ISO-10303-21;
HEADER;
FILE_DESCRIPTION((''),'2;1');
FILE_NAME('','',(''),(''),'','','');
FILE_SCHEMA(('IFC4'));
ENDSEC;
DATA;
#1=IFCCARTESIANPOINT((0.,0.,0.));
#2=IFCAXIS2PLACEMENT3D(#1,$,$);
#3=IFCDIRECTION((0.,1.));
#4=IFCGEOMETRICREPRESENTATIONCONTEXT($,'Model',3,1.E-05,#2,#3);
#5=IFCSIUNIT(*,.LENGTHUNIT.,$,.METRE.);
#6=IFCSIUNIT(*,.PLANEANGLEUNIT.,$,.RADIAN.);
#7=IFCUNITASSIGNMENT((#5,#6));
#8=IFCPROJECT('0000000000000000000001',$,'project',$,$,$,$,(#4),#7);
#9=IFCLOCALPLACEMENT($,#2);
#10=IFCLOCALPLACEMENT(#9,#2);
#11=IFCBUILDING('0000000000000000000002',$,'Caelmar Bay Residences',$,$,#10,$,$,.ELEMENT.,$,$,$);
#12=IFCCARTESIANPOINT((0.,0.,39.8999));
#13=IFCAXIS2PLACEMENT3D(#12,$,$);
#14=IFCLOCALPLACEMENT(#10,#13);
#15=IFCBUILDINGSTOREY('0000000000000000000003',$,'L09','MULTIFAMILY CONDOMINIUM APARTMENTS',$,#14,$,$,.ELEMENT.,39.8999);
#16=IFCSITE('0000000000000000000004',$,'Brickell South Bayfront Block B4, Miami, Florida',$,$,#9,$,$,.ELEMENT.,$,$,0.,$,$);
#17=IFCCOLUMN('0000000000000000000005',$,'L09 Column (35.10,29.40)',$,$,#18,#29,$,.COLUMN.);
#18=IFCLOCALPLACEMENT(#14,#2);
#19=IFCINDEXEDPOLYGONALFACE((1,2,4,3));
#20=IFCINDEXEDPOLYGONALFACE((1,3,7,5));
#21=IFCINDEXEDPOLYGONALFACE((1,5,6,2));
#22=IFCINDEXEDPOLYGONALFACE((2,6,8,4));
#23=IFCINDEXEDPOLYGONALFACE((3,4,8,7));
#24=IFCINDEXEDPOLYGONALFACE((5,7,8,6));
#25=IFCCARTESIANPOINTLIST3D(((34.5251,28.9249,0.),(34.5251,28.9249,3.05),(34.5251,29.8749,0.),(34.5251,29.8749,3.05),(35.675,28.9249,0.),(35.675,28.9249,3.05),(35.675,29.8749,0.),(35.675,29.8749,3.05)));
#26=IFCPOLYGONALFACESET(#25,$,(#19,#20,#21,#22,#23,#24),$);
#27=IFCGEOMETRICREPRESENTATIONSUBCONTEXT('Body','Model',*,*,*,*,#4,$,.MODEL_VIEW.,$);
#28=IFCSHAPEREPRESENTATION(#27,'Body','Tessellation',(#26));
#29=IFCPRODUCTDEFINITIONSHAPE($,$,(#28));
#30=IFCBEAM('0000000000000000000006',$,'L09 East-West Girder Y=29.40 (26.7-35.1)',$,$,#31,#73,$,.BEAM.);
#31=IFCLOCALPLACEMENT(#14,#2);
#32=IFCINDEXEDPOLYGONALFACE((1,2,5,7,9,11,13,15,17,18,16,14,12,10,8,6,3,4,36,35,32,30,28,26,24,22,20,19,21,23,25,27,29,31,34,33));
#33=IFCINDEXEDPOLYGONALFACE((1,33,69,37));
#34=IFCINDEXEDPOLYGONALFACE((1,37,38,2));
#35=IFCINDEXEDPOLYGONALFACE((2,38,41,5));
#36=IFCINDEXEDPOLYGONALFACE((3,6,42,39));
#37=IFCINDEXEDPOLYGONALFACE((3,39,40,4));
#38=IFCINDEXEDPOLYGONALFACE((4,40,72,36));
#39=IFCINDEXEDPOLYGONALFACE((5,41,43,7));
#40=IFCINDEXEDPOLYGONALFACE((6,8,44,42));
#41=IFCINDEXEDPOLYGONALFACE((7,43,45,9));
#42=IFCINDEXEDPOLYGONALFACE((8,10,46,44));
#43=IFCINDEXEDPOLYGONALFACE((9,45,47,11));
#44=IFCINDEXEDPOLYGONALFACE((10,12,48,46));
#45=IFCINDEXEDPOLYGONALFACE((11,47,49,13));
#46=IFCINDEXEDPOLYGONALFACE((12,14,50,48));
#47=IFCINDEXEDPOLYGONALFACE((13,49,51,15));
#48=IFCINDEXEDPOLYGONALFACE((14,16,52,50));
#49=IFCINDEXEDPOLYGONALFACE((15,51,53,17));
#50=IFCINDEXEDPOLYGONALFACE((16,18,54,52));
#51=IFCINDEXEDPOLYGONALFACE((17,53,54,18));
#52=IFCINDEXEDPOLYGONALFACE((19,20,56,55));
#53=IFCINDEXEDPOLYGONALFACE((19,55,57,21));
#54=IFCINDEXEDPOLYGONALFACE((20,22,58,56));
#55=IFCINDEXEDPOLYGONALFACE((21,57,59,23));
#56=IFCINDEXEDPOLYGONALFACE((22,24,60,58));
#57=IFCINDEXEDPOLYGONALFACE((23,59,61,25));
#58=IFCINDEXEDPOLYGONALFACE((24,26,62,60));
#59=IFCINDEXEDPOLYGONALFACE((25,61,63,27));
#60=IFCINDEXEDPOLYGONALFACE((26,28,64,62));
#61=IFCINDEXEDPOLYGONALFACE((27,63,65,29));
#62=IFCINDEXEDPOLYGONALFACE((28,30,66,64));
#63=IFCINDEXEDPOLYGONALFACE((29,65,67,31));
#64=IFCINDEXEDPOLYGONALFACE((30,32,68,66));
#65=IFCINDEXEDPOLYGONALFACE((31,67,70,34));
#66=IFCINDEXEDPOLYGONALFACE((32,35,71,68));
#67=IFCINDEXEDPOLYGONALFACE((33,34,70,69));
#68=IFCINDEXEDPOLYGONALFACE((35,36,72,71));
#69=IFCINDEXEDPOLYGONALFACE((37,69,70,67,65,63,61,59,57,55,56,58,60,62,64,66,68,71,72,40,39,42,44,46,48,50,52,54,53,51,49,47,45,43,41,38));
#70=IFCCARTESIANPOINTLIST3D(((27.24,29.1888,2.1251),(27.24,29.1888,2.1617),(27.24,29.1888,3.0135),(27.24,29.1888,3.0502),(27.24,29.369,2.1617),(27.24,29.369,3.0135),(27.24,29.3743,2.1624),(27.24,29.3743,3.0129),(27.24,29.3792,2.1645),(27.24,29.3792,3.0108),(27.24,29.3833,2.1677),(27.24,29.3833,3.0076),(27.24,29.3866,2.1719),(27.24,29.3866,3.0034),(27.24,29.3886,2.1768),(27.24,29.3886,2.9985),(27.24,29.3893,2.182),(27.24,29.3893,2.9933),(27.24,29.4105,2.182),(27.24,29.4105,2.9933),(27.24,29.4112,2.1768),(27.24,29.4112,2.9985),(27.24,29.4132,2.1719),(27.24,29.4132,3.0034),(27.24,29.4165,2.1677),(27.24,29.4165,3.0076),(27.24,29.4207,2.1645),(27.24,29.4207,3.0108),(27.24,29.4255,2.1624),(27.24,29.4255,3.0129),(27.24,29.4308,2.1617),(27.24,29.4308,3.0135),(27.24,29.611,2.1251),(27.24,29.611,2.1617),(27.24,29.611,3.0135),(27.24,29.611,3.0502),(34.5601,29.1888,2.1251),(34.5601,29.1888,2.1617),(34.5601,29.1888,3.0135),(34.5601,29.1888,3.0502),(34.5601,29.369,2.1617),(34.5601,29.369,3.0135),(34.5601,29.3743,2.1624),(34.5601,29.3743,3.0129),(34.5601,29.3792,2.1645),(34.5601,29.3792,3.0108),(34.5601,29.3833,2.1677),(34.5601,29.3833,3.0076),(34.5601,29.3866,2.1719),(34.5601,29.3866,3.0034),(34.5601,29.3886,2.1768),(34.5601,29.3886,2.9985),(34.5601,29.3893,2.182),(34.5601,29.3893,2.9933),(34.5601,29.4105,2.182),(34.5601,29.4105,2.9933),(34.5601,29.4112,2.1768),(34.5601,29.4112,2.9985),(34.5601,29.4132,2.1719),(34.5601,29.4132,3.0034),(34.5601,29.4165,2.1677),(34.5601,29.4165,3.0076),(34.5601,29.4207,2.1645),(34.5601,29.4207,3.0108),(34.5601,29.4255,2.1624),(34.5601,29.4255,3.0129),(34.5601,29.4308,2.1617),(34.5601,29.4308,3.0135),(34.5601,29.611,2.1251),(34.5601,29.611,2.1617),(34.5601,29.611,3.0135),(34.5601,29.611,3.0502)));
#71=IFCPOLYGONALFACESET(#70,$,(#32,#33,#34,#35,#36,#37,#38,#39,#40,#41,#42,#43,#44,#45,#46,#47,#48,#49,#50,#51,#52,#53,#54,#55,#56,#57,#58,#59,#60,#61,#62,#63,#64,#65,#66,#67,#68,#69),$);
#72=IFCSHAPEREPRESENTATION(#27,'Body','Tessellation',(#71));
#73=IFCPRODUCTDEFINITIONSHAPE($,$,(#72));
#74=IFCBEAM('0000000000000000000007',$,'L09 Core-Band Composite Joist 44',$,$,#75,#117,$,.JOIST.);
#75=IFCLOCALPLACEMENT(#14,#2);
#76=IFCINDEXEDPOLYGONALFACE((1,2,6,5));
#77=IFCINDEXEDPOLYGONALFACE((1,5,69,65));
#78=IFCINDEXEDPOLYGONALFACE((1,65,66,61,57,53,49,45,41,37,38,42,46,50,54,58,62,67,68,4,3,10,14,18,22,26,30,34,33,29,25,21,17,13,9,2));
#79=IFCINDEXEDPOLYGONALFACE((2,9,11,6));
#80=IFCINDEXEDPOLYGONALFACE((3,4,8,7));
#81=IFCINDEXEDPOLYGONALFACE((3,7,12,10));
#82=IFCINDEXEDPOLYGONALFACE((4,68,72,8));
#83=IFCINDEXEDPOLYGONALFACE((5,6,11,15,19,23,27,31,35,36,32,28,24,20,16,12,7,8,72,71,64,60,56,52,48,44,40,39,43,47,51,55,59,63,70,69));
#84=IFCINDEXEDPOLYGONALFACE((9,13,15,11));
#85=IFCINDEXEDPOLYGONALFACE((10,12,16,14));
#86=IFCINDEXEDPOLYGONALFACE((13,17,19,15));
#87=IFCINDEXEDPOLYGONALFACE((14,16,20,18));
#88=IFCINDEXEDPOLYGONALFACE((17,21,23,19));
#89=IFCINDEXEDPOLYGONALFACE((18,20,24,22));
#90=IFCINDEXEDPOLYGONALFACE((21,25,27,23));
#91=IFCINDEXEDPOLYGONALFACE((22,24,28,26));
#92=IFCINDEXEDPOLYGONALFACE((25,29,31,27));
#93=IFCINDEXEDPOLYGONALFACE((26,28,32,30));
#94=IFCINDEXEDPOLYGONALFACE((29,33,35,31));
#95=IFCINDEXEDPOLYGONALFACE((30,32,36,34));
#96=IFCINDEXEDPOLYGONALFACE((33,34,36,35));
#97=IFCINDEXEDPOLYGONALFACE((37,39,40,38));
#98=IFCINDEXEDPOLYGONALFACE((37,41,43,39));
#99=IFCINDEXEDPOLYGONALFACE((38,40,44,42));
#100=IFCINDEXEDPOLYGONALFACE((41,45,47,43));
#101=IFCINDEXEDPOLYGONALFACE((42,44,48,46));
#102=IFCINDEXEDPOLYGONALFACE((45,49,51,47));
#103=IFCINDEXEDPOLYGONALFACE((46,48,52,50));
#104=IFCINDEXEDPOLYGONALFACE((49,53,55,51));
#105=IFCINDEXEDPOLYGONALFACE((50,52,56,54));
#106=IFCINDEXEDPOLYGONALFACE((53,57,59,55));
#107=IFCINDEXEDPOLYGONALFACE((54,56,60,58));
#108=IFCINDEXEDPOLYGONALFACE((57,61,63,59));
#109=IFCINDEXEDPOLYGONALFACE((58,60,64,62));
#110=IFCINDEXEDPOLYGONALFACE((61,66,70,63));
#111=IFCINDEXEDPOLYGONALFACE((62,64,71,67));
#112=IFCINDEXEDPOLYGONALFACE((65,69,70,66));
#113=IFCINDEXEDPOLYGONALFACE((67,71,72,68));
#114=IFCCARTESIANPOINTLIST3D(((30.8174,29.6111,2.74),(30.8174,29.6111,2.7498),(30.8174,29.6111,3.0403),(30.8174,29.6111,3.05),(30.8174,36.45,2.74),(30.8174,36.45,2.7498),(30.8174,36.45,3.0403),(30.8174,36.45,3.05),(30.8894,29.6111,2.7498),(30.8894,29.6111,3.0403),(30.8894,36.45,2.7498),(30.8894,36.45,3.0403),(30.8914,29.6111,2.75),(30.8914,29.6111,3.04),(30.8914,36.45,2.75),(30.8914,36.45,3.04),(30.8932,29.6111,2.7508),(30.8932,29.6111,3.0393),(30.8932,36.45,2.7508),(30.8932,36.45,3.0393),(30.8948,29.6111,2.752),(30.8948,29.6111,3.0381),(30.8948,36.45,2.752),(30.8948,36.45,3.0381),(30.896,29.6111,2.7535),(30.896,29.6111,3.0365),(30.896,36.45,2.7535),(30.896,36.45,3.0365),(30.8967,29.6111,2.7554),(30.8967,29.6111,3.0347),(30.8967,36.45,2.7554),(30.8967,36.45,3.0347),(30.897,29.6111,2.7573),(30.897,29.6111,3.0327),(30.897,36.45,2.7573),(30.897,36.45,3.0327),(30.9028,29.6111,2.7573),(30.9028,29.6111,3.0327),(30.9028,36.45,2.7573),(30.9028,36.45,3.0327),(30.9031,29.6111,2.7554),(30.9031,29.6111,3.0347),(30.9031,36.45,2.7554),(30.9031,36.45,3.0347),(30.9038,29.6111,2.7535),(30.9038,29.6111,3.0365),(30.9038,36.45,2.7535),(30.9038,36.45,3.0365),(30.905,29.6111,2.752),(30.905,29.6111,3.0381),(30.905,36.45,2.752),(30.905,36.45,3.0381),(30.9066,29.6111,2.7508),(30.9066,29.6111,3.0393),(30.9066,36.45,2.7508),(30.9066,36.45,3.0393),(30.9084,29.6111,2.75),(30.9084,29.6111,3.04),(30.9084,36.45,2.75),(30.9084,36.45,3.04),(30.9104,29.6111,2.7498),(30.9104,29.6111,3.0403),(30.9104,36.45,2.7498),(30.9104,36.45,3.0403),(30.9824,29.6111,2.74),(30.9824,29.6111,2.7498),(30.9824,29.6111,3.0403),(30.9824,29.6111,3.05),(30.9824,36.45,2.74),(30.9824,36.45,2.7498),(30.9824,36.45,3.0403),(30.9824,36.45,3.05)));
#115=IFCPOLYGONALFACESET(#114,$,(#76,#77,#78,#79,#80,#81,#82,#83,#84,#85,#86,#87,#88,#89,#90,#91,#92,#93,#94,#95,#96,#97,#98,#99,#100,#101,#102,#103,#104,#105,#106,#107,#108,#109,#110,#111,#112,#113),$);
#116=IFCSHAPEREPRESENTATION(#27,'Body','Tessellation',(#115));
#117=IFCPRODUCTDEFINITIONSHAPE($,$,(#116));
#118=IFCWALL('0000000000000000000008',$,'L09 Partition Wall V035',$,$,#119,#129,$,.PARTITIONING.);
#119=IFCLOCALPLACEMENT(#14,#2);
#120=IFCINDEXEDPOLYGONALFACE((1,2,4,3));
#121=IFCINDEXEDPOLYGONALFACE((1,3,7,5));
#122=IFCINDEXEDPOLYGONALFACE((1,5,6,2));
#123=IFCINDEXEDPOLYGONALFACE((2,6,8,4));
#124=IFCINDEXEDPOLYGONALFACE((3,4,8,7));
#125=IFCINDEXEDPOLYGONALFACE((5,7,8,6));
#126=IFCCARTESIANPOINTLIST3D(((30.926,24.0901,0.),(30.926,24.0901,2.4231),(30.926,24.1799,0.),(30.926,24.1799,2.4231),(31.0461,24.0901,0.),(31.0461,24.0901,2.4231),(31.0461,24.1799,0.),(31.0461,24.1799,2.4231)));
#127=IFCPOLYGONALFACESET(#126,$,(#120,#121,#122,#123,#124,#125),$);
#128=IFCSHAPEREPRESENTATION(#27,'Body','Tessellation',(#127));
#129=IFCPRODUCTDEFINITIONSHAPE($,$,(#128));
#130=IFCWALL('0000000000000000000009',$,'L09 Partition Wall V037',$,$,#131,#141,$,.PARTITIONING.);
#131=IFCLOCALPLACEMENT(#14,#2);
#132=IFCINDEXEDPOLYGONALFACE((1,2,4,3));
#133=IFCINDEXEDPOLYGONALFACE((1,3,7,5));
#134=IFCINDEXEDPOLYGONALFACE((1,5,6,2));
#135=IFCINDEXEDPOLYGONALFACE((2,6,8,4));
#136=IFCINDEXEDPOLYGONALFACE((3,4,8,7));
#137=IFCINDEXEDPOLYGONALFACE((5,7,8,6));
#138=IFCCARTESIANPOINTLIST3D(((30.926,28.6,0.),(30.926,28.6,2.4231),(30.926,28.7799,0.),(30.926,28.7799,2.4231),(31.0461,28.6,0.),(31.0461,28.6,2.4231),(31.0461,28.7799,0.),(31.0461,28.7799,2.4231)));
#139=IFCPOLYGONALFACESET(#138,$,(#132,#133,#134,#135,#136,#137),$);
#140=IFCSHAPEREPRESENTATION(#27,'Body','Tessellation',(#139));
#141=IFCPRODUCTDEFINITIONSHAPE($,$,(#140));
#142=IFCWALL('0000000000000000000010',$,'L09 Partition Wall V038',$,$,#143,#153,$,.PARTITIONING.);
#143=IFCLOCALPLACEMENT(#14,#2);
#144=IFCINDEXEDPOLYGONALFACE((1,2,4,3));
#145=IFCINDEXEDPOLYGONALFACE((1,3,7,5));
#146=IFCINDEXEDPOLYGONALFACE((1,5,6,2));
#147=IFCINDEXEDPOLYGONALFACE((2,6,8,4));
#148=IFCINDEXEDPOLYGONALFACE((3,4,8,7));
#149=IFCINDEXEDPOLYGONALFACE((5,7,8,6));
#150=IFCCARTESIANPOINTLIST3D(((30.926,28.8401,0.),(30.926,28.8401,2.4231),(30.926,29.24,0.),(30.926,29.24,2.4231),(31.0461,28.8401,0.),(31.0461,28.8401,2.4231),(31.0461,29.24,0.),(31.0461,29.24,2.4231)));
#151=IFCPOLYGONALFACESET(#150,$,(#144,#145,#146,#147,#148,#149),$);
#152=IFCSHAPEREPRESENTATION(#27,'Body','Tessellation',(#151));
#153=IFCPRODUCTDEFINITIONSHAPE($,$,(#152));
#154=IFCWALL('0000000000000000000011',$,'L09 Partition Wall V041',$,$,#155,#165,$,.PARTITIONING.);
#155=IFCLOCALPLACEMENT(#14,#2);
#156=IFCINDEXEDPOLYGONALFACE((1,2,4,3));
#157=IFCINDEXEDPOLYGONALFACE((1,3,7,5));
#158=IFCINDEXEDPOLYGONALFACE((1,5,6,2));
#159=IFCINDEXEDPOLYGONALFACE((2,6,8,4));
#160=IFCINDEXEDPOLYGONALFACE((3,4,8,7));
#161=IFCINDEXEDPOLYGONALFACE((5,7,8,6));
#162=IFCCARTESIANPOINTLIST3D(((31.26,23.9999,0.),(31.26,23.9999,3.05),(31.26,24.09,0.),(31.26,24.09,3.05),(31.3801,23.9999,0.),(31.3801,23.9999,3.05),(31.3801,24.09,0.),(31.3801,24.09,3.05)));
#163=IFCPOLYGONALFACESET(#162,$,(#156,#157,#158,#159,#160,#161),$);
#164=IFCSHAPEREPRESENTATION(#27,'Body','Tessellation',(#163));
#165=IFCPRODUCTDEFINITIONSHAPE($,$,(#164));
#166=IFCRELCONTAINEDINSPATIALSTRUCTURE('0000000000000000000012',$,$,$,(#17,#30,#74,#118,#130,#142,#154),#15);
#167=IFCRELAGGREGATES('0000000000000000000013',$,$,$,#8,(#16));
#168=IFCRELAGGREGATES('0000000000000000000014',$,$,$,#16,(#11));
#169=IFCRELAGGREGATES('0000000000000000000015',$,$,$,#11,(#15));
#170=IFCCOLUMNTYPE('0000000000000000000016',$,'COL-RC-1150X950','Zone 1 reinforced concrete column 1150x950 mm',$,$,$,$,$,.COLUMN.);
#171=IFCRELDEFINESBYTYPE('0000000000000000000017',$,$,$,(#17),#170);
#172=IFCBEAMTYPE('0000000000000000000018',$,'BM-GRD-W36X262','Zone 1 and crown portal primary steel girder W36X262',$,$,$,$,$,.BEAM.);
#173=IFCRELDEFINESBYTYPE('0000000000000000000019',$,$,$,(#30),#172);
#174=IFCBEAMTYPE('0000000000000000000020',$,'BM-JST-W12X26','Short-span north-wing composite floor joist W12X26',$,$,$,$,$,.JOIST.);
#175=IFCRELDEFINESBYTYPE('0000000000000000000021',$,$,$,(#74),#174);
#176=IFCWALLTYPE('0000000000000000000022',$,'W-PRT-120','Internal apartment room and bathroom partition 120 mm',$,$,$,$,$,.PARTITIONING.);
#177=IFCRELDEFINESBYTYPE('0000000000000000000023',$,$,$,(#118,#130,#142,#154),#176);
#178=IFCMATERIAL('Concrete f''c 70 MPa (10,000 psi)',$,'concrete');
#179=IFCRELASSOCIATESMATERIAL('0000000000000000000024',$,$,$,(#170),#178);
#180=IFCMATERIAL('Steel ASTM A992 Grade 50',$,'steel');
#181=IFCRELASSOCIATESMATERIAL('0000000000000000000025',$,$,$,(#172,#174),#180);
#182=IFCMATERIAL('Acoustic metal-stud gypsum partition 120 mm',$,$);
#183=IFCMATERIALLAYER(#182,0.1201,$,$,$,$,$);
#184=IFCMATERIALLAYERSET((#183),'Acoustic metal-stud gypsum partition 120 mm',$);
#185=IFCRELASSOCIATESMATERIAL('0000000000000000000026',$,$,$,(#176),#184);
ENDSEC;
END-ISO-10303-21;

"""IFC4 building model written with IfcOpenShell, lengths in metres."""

from ifc_helpers import new_model, si_unit, direction, frame, frame_2d, origin, origin_2d, place, context, subcontext, project, spatial, rectangle, i_section, extrude, material, layer, layer_set, material_profile, profile_set, type_object, element, save


model = new_model("IFC4")

# Units and contexts
model_context = context("Model", 3, precision=1e-05, world=origin(), true_north=direction((0.0, 1.0)))
body_context = subcontext(model_context, "Body", "Model", "MODEL_VIEW")
ifc_project = project(units=[si_unit("LENGTHUNIT", "METRE"), si_unit("PLANEANGLEUNIT", "RADIAN")], contexts=[model_context])

# Site, building, storey
site_placement = place(None, origin())
site = spatial("IfcSite", under=ifc_project, at=site_placement, Name="Brickell South Bayfront Block B4, Miami, Florida", CompositionType="ELEMENT", RefElevation=0.0)
building_placement = place(site_placement, origin())
building = spatial("IfcBuilding", under=site, at=building_placement, Name="Caelmar Bay Residences", CompositionType="ELEMENT")
storey_placement = place(building_placement, frame((0.0, 0.0, 39.8999)))
storey = spatial("IfcBuildingStorey", under=building, at=storey_placement, Name="L09", Description="MULTIFAMILY CONDOMINIUM APARTMENTS", CompositionType="ELEMENT", Elevation=39.8999)

# Column
ifc_material_1 = material(Name="Concrete f'c 70 MPa (10,000 psi)", Category="concrete")
ifc_material_profile_1 = material_profile(ifc_material_1, rectangle(XDim=1.1499, YDim=0.95, at=origin_2d()), Name="RC-COL-1150X950")
ifc_profile_set_1 = profile_set([ifc_material_profile_1], Name="Concrete f'c 70 MPa (10,000 psi)")
column_type = type_object("IfcColumnType", Name="COL-RC-1150X950", Description="Zone 1 reinforced concrete column 1150x950 mm", PredefinedType="COLUMN", material=ifc_profile_set_1)
column_placement = place(storey_placement, frame((35.1001, 29.3999, 0.0), z_axis=(0.0, 0.0, 1.0), x_axis=(1.0, 0.0, 0.0)))
element("IfcColumn", 1, at=column_placement, inside=storey, type_object=column_type, Name="L09 Column (35.10,29.40)", PredefinedType="COLUMN", context=body_context, shape_type="SweptSolid", body=[
    extrude(rectangle(XDim=1.1499, YDim=0.95, at=origin_2d()), origin(), (0.0, 0.0, 1.0), 3.05),
])

# Beams
ifc_material_2 = material(Name="Steel ASTM A992 Grade 50", Category="steel")
ifc_material_profile_2 = material_profile(ifc_material_2, i_section(OverallWidth=0.4221, OverallDepth=0.925, WebThickness=0.0212, FlangeThickness=0.0366, FilletRadius=0.0203, at=origin_2d()), Name="W36X262")
ifc_profile_set_2 = profile_set([ifc_material_profile_2], Name="Steel ASTM A992 Grade 50")
beam_type_1 = type_object("IfcBeamType", Name="BM-GRD-W36X262", Description="Zone 1 and crown portal primary steel girder W36X262", PredefinedType="BEAM", material=ifc_profile_set_2)
beam_1_placement = place(storey_placement, frame((27.24, 29.3999, 2.5876), z_axis=(1.0, 0.0, 0.0), x_axis=(0.0, 1.0, 0.0)))
element("IfcBeam", 2, at=beam_1_placement, inside=storey, type_object=beam_type_1, Name="L09 East-West Girder Y=29.40 (26.7-35.1)", PredefinedType="BEAM", context=body_context, shape_type="SweptSolid", body=[
    extrude(i_section(OverallWidth=0.4221, OverallDepth=0.925, WebThickness=0.0212, FlangeThickness=0.0366, FilletRadius=0.0203, at=origin_2d()), origin(), (0.0, 0.0, 1.0), 7.3201),
])
ifc_material_profile_3 = material_profile(ifc_material_2, i_section(OverallWidth=0.165, OverallDepth=0.3101, WebThickness=0.0059, FlangeThickness=0.0098, FilletRadius=0.0076, at=origin_2d()), Name="W12X26")
ifc_profile_set_3 = profile_set([ifc_material_profile_3], Name="Steel ASTM A992 Grade 50")
beam_type_2 = type_object("IfcBeamType", Name="BM-JST-W12X26", Description="Short-span north-wing composite floor joist W12X26", PredefinedType="JOIST", material=ifc_profile_set_3)
beam_2_placement = place(storey_placement, frame((30.8999, 29.6111, 2.895), z_axis=(0.0, 1.0, 0.0), x_axis=(-1.0, 0.0, 0.0)))
element("IfcBeam", 3, at=beam_2_placement, inside=storey, type_object=beam_type_2, Name="L09 Core-Band Composite Joist 44", PredefinedType="JOIST", context=body_context, shape_type="SweptSolid", body=[
    extrude(i_section(OverallWidth=0.165, OverallDepth=0.3101, WebThickness=0.0059, FlangeThickness=0.0098, FilletRadius=0.0076, at=origin_2d()), origin(), (0.0, 0.0, 1.0), 6.8389),
])

# Wall
ifc_material_3 = material(Name="Acoustic metal-stud gypsum partition 120 mm")
ifc_layer_1 = layer(ifc_material_3, 0.1201)
ifc_layer_set_1 = layer_set([ifc_layer_1], Name="Acoustic metal-stud gypsum partition 120 mm")
wall_type_1 = type_object("IfcWallType", Name="W-PRT-120", Description="Internal apartment room and bathroom partition 120 mm", PredefinedType="PARTITIONING", material=ifc_layer_set_1)
wall_1_placement = place(storey_placement, frame((30.9861, 24.0901, 0.0), z_axis=(0.0, 0.0, 1.0), x_axis=(0.0, 1.0, 0.0)))
element("IfcWall", 4, at=wall_1_placement, inside=storey, type_object=wall_type_1, Name="L09 Partition Wall V035", PredefinedType="PARTITIONING", context=body_context, shape_type="SweptSolid", body=[
    extrude(rectangle(XDim=0.0898, YDim=0.1201, at=frame_2d((0.0449, 0.0))), origin(), (0.0, 0.0, 1.0), 2.4231),
])

# Walls
wall_2_placement = place(storey_placement, frame((30.9861, 28.6001, 0.0), z_axis=(0.0, 0.0, 1.0), x_axis=(0.0, 1.0, 0.0)))
element("IfcWall", 5, at=wall_2_placement, inside=storey, type_object=wall_type_1, Name="L09 Partition Wall V037", PredefinedType="PARTITIONING", context=body_context, shape_type="SweptSolid", body=[
    extrude(rectangle(XDim=0.1799, YDim=0.1201, at=frame_2d((0.0898, 0.0))), origin(), (0.0, 0.0, 1.0), 2.4231),
])
wall_3_placement = place(storey_placement, frame((30.9861, 28.8401, 0.0), z_axis=(0.0, 0.0, 1.0), x_axis=(0.0, 1.0, 0.0)))
element("IfcWall", 6, at=wall_3_placement, inside=storey, type_object=wall_type_1, Name="L09 Partition Wall V038", PredefinedType="PARTITIONING", context=body_context, shape_type="SweptSolid", body=[
    extrude(rectangle(XDim=0.3999, YDim=0.1201, at=frame_2d((0.2, 0.0))), origin(), (0.0, 0.0, 1.0), 2.4231),
])
wall_4_placement = place(storey_placement, frame((31.3201, 24.0, 0.0), z_axis=(0.0, 0.0, 1.0), x_axis=(0.0, 1.0, 0.0)))
element("IfcWall", 7, at=wall_4_placement, inside=storey, type_object=wall_type_1, Name="L09 Partition Wall V041", PredefinedType="PARTITIONING", context=body_context, shape_type="SweptSolid", body=[
    extrude(rectangle(XDim=0.0901, YDim=0.1201, at=frame_2d((0.0449, 0.0))), origin(), (0.0, 0.0, 1.0), 3.05),
])

save(model, "model.ifc")
